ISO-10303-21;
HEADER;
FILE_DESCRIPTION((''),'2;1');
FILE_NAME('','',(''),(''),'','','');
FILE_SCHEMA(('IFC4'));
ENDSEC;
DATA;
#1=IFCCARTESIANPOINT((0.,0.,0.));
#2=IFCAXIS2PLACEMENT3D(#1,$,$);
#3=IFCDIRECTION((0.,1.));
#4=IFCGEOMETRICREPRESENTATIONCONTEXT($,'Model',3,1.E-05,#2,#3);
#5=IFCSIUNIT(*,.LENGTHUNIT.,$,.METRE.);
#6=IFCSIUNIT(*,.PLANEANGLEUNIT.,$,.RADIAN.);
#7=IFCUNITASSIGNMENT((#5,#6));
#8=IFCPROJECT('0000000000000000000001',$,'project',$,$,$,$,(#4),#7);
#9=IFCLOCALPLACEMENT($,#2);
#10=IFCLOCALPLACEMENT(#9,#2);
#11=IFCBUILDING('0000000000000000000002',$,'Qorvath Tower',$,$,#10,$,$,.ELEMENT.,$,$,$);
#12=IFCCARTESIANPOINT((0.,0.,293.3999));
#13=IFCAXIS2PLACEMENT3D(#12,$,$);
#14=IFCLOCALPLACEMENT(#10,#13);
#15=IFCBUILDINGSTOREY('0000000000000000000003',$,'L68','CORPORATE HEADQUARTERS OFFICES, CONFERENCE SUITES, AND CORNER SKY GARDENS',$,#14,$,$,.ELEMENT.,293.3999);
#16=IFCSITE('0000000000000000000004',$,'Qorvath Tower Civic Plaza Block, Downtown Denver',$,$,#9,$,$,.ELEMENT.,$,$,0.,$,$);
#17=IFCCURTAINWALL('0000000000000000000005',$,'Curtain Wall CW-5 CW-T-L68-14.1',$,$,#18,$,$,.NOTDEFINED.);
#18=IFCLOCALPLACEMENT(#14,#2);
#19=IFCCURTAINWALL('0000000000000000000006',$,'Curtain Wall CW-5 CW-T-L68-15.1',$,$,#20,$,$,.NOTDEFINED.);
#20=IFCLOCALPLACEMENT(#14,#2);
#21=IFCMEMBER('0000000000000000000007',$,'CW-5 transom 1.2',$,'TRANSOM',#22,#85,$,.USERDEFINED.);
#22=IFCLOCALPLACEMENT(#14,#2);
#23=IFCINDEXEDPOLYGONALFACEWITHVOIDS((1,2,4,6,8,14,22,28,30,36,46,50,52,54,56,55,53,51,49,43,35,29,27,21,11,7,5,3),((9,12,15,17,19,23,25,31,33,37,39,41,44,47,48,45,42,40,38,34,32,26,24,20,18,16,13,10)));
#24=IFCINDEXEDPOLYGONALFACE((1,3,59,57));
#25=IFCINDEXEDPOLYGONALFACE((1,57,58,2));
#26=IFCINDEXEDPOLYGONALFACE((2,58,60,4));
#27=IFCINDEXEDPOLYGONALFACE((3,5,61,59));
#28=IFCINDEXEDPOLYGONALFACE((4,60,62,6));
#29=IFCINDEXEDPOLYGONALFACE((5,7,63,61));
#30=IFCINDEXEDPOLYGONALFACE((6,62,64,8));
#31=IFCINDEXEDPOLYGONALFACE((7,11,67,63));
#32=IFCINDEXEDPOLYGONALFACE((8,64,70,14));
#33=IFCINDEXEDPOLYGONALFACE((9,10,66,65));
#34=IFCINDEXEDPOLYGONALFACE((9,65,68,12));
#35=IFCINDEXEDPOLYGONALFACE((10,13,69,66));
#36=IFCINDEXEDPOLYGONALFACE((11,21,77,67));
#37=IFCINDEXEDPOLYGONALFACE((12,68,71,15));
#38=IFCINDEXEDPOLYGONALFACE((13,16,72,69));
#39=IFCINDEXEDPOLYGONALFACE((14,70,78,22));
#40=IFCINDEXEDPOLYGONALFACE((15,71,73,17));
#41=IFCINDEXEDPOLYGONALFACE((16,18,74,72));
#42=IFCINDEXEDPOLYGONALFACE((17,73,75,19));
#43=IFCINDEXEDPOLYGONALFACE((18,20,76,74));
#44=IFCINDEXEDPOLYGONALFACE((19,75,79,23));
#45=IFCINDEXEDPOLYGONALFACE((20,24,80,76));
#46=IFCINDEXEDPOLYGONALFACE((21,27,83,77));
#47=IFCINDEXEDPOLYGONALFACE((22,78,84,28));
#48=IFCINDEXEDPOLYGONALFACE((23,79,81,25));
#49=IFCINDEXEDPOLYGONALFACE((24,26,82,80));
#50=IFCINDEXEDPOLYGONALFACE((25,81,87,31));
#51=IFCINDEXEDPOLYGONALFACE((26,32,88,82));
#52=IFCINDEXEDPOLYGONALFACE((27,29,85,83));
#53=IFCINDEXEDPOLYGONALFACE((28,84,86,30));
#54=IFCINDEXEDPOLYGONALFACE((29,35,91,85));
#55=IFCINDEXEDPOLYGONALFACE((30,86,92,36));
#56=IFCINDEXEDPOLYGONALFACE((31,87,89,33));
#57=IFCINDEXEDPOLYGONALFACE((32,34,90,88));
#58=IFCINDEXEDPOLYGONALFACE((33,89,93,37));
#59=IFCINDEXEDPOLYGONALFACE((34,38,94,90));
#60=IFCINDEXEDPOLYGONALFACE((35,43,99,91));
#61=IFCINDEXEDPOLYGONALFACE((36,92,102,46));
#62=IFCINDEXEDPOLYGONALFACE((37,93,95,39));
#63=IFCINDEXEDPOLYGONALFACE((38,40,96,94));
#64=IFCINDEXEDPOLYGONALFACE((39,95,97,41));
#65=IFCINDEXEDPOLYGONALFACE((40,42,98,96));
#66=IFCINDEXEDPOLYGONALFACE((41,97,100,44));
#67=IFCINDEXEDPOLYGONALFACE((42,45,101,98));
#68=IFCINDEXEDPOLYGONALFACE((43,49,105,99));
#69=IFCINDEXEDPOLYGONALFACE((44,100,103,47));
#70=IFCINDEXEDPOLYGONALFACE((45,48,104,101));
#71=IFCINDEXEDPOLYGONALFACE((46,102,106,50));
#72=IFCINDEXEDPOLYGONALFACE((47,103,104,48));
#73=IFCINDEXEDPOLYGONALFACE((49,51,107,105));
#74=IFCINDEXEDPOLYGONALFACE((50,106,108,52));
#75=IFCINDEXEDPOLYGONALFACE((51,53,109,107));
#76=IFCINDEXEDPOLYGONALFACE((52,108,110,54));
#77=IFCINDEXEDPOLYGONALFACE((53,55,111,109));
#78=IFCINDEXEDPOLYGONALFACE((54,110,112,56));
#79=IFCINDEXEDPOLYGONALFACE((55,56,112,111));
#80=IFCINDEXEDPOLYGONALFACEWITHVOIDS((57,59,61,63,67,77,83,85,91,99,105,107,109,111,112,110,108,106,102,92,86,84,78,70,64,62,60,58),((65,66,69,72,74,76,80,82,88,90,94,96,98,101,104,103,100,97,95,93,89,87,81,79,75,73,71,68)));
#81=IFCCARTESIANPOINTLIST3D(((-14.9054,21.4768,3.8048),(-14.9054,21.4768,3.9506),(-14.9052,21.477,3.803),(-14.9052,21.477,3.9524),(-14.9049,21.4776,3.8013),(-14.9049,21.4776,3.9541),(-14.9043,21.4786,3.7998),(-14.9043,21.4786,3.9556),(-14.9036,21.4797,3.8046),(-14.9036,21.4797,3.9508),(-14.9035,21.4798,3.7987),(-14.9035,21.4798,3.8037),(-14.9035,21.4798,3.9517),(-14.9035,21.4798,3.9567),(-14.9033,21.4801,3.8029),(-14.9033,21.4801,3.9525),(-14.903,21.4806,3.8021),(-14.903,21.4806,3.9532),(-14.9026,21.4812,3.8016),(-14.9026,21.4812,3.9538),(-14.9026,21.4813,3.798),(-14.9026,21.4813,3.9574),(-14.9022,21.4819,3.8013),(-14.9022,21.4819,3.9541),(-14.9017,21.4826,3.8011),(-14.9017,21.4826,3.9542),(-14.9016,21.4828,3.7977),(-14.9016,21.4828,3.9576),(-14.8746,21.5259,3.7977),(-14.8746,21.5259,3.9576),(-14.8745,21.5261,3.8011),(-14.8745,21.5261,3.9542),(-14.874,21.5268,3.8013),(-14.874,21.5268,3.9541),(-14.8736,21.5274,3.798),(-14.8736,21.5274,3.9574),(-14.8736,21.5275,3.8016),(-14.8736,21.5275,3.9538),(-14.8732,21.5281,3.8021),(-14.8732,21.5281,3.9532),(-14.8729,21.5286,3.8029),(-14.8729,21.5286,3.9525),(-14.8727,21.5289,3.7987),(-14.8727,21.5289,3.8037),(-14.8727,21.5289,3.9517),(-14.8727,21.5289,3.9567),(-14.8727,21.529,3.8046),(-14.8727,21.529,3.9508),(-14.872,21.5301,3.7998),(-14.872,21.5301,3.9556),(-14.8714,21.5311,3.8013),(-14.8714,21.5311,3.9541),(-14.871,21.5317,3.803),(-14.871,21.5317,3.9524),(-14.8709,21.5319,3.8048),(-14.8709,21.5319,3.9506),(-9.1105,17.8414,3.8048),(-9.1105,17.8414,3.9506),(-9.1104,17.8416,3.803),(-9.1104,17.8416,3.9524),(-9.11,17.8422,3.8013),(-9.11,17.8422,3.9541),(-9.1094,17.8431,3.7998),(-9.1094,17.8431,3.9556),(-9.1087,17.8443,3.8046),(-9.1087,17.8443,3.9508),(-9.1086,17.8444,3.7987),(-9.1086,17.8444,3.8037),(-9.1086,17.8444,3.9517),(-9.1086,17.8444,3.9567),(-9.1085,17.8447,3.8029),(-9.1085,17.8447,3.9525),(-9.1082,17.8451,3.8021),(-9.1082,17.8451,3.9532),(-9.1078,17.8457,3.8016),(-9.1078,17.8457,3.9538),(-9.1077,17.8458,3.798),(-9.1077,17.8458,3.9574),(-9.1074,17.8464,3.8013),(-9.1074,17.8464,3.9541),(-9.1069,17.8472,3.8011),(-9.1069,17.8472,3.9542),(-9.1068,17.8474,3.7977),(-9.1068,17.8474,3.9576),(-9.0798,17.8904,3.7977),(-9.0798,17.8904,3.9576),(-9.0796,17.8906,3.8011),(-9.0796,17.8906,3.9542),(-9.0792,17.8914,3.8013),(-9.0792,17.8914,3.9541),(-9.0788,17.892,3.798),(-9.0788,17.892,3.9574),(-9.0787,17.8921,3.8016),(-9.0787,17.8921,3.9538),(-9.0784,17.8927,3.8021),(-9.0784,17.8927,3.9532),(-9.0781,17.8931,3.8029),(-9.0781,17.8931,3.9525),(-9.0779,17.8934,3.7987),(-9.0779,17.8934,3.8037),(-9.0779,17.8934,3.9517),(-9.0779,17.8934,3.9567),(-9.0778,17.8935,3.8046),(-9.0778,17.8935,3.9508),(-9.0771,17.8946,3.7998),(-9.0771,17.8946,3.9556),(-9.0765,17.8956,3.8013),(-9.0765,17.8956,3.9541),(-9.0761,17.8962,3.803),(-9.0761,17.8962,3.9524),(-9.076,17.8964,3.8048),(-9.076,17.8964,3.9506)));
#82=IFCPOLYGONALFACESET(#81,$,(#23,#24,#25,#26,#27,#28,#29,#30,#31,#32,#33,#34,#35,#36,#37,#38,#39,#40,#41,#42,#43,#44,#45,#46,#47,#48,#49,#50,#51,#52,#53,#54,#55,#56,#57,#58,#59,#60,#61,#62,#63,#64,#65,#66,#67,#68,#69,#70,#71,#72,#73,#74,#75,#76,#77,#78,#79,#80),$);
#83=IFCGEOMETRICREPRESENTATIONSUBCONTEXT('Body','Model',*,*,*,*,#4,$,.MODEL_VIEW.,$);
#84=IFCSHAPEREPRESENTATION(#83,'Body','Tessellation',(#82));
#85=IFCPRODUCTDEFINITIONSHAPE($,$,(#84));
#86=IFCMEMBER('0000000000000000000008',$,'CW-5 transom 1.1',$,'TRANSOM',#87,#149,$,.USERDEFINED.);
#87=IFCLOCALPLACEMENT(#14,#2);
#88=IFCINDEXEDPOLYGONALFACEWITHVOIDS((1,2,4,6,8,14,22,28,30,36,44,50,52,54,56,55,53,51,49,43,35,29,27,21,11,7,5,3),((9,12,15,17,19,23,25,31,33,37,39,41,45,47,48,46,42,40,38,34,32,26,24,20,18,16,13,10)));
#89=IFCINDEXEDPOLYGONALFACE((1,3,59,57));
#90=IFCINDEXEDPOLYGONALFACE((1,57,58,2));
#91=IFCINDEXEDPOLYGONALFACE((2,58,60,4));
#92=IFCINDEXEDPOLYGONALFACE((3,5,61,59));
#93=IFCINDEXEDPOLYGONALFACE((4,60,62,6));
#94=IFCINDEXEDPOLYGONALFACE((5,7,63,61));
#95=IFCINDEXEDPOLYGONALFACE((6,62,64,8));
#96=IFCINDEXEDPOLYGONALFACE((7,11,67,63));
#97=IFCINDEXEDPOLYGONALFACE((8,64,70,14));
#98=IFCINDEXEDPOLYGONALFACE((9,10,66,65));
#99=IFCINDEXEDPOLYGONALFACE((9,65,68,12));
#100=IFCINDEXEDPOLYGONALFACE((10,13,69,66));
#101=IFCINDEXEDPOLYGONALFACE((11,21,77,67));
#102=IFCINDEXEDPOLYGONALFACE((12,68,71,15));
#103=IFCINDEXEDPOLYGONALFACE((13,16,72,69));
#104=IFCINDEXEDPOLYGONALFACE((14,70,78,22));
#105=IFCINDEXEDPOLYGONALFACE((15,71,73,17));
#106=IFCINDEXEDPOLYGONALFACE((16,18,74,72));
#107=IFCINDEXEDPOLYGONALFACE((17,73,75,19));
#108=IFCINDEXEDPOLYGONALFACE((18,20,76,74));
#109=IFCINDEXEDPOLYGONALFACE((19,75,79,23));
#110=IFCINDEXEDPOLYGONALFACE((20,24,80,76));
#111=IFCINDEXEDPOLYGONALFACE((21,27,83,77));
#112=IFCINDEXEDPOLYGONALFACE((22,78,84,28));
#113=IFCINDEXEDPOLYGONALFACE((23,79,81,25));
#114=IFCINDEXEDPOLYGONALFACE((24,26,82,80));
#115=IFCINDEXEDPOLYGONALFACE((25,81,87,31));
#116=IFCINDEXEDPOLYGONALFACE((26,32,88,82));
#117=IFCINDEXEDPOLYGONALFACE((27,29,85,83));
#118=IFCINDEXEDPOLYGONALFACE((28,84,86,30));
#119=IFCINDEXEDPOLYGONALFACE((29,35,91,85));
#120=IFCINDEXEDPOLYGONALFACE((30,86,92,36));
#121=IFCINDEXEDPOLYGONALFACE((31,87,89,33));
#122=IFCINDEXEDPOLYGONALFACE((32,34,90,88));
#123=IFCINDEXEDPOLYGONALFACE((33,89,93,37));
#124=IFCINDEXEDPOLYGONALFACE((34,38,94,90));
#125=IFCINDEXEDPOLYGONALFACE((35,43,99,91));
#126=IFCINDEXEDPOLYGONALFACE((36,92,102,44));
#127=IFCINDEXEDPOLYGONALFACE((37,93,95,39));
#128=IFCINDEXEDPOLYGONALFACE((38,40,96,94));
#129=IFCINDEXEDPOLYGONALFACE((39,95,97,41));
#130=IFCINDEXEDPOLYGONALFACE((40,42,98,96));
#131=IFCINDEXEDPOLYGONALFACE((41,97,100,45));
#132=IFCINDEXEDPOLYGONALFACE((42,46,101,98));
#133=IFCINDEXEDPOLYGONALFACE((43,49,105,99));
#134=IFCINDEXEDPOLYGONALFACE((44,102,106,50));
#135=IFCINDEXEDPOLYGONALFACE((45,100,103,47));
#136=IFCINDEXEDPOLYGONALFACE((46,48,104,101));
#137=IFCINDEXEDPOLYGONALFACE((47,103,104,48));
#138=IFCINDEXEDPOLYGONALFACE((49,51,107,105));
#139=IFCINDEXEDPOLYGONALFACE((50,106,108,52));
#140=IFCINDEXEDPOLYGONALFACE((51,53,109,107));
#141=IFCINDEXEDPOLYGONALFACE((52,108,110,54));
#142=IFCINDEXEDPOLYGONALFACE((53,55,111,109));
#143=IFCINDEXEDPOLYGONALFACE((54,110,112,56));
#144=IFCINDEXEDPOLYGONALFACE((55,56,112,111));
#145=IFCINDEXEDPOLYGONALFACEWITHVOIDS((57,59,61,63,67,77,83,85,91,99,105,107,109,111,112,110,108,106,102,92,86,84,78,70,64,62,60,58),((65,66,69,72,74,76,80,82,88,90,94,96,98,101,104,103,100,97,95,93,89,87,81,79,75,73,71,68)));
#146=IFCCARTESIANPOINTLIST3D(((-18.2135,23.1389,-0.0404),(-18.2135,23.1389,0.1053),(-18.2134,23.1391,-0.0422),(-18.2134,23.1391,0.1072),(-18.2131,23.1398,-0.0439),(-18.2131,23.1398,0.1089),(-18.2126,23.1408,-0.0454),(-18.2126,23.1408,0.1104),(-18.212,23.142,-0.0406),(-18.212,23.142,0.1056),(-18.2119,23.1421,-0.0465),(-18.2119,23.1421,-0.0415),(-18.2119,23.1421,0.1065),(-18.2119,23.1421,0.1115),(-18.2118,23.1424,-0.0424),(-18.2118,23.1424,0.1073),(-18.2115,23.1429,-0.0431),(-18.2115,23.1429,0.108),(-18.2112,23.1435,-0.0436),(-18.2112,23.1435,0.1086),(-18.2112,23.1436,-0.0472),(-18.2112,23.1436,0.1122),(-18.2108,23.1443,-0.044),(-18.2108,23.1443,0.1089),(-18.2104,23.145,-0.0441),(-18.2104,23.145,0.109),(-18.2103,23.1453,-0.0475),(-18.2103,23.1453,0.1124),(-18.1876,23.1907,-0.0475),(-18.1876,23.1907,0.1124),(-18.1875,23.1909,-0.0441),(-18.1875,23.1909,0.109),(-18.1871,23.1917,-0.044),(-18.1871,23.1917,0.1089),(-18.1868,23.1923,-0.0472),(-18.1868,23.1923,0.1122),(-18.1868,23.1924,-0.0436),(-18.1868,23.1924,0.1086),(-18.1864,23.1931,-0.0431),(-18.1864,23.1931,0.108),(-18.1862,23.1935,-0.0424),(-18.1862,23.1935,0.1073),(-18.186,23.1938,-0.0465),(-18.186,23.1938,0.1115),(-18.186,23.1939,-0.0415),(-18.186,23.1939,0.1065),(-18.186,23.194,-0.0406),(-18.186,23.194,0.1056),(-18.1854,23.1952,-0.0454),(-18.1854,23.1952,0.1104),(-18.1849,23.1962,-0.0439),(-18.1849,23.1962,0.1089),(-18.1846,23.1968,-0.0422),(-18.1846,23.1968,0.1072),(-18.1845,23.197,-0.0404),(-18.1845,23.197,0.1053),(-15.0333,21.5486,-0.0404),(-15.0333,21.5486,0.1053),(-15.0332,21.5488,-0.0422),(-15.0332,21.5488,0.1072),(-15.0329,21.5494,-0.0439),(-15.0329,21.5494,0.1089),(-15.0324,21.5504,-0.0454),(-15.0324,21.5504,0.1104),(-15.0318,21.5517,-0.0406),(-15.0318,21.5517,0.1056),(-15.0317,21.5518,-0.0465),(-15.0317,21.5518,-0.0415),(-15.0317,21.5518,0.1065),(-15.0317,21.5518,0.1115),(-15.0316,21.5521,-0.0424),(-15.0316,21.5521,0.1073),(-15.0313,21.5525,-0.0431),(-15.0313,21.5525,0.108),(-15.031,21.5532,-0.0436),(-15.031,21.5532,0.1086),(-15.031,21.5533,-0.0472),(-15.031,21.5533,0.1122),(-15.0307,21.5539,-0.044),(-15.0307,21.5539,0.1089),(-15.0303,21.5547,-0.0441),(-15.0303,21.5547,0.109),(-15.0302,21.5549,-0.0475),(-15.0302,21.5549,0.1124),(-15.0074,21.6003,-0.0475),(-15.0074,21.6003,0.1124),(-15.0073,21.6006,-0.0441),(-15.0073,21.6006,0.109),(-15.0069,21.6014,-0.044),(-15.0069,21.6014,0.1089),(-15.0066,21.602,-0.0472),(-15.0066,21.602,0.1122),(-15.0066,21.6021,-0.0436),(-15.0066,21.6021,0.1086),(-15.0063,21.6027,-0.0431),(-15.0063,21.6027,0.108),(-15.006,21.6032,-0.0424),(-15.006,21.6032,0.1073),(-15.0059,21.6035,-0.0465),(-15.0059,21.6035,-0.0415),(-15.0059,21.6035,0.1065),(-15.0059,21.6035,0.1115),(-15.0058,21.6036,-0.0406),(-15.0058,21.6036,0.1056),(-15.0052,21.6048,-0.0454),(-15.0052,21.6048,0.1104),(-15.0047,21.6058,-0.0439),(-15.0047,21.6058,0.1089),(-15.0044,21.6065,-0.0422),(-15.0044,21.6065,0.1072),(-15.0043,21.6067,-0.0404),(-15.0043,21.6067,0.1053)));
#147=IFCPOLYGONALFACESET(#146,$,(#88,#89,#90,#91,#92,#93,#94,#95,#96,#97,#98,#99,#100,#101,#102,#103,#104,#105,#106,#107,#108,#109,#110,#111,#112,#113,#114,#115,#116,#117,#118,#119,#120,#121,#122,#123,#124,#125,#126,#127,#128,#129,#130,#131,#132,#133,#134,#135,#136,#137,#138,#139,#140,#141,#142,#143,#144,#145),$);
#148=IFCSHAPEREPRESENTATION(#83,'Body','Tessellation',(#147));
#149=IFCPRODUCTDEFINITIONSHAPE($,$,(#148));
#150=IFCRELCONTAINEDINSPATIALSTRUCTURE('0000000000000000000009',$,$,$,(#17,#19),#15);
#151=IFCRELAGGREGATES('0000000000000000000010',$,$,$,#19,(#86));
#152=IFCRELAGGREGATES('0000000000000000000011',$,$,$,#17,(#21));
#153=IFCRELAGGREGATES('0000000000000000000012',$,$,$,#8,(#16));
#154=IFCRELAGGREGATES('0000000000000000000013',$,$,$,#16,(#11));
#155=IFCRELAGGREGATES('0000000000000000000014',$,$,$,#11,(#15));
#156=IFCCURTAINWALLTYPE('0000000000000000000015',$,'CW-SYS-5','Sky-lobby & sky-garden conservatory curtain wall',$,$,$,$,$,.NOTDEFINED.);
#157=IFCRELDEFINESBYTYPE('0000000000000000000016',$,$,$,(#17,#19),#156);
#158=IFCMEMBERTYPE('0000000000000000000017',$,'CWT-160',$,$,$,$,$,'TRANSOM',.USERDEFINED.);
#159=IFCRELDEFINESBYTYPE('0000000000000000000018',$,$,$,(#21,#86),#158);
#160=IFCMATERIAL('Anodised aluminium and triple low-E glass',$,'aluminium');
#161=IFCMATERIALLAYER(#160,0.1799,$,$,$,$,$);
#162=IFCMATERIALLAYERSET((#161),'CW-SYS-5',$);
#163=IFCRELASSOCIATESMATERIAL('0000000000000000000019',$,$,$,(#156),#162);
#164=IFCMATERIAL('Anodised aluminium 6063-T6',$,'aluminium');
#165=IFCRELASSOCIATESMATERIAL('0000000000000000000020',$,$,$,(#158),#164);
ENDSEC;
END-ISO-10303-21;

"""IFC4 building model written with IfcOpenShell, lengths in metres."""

from ifc_helpers import new_model, si_unit, direction, frame, origin, origin_2d, place, context, subcontext, project, spatial, hollow_rectangle, extrude, material, layer, layer_set, material_profile, profile_set, type_object, element, aggregate, save


model = new_model("IFC4")

# Units and contexts
model_context = context("Model", 3, precision=1e-05, world=origin(), true_north=direction((0.0, 1.0)))
body_context = subcontext(model_context, "Body", "Model", "MODEL_VIEW")
ifc_project = project(units=[si_unit("LENGTHUNIT", "METRE"), si_unit("PLANEANGLEUNIT", "RADIAN")], contexts=[model_context])

# Site, building, storey
site_placement = place(None, origin())
site = spatial("IfcSite", under=ifc_project, at=site_placement, Name="Qorvath Tower Civic Plaza Block, Downtown Denver", CompositionType="ELEMENT", RefElevation=0.0)
building_placement = place(site_placement, origin())
building = spatial("IfcBuilding", under=site, at=building_placement, Name="Qorvath Tower", CompositionType="ELEMENT")
storey_placement = place(building_placement, frame((0.0, 0.0, 293.3999)))
storey = spatial("IfcBuildingStorey", under=building, at=storey_placement, Name="L68", Description="CORPORATE HEADQUARTERS OFFICES, CONFERENCE SUITES, AND CORNER SKY GARDENS", CompositionType="ELEMENT", Elevation=293.3999)

# Curtain wall
ifc_material_1 = material(Name="Anodised aluminium and triple low-E glass", Category="aluminium")
ifc_layer_1 = layer(ifc_material_1, 0.1799)
ifc_layer_set_1 = layer_set([ifc_layer_1], Name="CW-SYS-5")
curtain_wall_type = type_object("IfcCurtainWallType", Name="CW-SYS-5", Description="Sky-lobby & sky-garden conservatory curtain wall", PredefinedType="NOTDEFINED", material=ifc_layer_set_1)
curtain_wall_1_placement = place(storey_placement, origin())
curtain_wall_1 = element("IfcCurtainWall", 1, at=curtain_wall_1_placement, inside=storey, type_object=curtain_wall_type, Name="Curtain Wall CW-5 CW-T-L68-14.1", PredefinedType="NOTDEFINED")

# Curtain wall
curtain_wall_2_placement = place(storey_placement, origin())
curtain_wall_2 = element("IfcCurtainWall", 2, at=curtain_wall_2_placement, inside=storey, type_object=curtain_wall_type, Name="Curtain Wall CW-5 CW-T-L68-15.1", PredefinedType="NOTDEFINED")

# Members
ifc_material_2 = material(Name="Anodised aluminium 6063-T6", Category="aluminium")
ifc_material_profile_1 = material_profile(ifc_material_2, hollow_rectangle(XDim=0.0649, YDim=0.1599, WallThickness=0.0034, InnerFilletRadius=0.0034, OuterFilletRadius=0.0071, at=origin_2d()), Name="CWT 160x65")
ifc_profile_set_1 = profile_set([ifc_material_profile_1], Name="Anodised aluminium 6063-T6")
member_type_1 = type_object("IfcMemberType", Name="CWT-160", ElementType="TRANSOM", PredefinedType="USERDEFINED", material=ifc_profile_set_1)
member_1_placement = place(storey_placement, frame((-9.0933, 17.8689, 3.8777), z_axis=(-0.847099, 0.531435, 0.0), x_axis=(-0.531435, -0.847099, 0.0)))
member_1 = element("IfcMember", 3, at=member_1_placement, type_object=member_type_1, Name="CW-5 transom 1.2", ObjectType="TRANSOM", PredefinedType="USERDEFINED", context=body_context, shape_type="SweptSolid", body=[
    extrude(hollow_rectangle(XDim=0.0649, YDim=0.1599, WallThickness=0.0034, InnerFilletRadius=0.0034, OuterFilletRadius=0.0071, at=origin_2d()), origin(), (0.0, 0.0, 1.0), 6.8408),
])
member_2_placement = place(storey_placement, frame((-15.0188, 21.5776, 0.0325), z_axis=(-0.8944, 0.447269, 0.0), x_axis=(-0.447269, -0.8944, 0.0)))
member_2 = element("IfcMember", 4, at=member_2_placement, type_object=member_type_1, Name="CW-5 transom 1.1", ObjectType="TRANSOM", PredefinedType="USERDEFINED", context=body_context, shape_type="SweptSolid", body=[
    extrude(hollow_rectangle(XDim=0.0649, YDim=0.1599, WallThickness=0.0034, InnerFilletRadius=0.0034, OuterFilletRadius=0.0071, at=origin_2d()), origin(), (0.0, 0.0, 1.0), 3.5557),
])
aggregate(curtain_wall_2, [member_2])

aggregate(curtain_wall_1, [member_1])

save(model, "model.ifc")
